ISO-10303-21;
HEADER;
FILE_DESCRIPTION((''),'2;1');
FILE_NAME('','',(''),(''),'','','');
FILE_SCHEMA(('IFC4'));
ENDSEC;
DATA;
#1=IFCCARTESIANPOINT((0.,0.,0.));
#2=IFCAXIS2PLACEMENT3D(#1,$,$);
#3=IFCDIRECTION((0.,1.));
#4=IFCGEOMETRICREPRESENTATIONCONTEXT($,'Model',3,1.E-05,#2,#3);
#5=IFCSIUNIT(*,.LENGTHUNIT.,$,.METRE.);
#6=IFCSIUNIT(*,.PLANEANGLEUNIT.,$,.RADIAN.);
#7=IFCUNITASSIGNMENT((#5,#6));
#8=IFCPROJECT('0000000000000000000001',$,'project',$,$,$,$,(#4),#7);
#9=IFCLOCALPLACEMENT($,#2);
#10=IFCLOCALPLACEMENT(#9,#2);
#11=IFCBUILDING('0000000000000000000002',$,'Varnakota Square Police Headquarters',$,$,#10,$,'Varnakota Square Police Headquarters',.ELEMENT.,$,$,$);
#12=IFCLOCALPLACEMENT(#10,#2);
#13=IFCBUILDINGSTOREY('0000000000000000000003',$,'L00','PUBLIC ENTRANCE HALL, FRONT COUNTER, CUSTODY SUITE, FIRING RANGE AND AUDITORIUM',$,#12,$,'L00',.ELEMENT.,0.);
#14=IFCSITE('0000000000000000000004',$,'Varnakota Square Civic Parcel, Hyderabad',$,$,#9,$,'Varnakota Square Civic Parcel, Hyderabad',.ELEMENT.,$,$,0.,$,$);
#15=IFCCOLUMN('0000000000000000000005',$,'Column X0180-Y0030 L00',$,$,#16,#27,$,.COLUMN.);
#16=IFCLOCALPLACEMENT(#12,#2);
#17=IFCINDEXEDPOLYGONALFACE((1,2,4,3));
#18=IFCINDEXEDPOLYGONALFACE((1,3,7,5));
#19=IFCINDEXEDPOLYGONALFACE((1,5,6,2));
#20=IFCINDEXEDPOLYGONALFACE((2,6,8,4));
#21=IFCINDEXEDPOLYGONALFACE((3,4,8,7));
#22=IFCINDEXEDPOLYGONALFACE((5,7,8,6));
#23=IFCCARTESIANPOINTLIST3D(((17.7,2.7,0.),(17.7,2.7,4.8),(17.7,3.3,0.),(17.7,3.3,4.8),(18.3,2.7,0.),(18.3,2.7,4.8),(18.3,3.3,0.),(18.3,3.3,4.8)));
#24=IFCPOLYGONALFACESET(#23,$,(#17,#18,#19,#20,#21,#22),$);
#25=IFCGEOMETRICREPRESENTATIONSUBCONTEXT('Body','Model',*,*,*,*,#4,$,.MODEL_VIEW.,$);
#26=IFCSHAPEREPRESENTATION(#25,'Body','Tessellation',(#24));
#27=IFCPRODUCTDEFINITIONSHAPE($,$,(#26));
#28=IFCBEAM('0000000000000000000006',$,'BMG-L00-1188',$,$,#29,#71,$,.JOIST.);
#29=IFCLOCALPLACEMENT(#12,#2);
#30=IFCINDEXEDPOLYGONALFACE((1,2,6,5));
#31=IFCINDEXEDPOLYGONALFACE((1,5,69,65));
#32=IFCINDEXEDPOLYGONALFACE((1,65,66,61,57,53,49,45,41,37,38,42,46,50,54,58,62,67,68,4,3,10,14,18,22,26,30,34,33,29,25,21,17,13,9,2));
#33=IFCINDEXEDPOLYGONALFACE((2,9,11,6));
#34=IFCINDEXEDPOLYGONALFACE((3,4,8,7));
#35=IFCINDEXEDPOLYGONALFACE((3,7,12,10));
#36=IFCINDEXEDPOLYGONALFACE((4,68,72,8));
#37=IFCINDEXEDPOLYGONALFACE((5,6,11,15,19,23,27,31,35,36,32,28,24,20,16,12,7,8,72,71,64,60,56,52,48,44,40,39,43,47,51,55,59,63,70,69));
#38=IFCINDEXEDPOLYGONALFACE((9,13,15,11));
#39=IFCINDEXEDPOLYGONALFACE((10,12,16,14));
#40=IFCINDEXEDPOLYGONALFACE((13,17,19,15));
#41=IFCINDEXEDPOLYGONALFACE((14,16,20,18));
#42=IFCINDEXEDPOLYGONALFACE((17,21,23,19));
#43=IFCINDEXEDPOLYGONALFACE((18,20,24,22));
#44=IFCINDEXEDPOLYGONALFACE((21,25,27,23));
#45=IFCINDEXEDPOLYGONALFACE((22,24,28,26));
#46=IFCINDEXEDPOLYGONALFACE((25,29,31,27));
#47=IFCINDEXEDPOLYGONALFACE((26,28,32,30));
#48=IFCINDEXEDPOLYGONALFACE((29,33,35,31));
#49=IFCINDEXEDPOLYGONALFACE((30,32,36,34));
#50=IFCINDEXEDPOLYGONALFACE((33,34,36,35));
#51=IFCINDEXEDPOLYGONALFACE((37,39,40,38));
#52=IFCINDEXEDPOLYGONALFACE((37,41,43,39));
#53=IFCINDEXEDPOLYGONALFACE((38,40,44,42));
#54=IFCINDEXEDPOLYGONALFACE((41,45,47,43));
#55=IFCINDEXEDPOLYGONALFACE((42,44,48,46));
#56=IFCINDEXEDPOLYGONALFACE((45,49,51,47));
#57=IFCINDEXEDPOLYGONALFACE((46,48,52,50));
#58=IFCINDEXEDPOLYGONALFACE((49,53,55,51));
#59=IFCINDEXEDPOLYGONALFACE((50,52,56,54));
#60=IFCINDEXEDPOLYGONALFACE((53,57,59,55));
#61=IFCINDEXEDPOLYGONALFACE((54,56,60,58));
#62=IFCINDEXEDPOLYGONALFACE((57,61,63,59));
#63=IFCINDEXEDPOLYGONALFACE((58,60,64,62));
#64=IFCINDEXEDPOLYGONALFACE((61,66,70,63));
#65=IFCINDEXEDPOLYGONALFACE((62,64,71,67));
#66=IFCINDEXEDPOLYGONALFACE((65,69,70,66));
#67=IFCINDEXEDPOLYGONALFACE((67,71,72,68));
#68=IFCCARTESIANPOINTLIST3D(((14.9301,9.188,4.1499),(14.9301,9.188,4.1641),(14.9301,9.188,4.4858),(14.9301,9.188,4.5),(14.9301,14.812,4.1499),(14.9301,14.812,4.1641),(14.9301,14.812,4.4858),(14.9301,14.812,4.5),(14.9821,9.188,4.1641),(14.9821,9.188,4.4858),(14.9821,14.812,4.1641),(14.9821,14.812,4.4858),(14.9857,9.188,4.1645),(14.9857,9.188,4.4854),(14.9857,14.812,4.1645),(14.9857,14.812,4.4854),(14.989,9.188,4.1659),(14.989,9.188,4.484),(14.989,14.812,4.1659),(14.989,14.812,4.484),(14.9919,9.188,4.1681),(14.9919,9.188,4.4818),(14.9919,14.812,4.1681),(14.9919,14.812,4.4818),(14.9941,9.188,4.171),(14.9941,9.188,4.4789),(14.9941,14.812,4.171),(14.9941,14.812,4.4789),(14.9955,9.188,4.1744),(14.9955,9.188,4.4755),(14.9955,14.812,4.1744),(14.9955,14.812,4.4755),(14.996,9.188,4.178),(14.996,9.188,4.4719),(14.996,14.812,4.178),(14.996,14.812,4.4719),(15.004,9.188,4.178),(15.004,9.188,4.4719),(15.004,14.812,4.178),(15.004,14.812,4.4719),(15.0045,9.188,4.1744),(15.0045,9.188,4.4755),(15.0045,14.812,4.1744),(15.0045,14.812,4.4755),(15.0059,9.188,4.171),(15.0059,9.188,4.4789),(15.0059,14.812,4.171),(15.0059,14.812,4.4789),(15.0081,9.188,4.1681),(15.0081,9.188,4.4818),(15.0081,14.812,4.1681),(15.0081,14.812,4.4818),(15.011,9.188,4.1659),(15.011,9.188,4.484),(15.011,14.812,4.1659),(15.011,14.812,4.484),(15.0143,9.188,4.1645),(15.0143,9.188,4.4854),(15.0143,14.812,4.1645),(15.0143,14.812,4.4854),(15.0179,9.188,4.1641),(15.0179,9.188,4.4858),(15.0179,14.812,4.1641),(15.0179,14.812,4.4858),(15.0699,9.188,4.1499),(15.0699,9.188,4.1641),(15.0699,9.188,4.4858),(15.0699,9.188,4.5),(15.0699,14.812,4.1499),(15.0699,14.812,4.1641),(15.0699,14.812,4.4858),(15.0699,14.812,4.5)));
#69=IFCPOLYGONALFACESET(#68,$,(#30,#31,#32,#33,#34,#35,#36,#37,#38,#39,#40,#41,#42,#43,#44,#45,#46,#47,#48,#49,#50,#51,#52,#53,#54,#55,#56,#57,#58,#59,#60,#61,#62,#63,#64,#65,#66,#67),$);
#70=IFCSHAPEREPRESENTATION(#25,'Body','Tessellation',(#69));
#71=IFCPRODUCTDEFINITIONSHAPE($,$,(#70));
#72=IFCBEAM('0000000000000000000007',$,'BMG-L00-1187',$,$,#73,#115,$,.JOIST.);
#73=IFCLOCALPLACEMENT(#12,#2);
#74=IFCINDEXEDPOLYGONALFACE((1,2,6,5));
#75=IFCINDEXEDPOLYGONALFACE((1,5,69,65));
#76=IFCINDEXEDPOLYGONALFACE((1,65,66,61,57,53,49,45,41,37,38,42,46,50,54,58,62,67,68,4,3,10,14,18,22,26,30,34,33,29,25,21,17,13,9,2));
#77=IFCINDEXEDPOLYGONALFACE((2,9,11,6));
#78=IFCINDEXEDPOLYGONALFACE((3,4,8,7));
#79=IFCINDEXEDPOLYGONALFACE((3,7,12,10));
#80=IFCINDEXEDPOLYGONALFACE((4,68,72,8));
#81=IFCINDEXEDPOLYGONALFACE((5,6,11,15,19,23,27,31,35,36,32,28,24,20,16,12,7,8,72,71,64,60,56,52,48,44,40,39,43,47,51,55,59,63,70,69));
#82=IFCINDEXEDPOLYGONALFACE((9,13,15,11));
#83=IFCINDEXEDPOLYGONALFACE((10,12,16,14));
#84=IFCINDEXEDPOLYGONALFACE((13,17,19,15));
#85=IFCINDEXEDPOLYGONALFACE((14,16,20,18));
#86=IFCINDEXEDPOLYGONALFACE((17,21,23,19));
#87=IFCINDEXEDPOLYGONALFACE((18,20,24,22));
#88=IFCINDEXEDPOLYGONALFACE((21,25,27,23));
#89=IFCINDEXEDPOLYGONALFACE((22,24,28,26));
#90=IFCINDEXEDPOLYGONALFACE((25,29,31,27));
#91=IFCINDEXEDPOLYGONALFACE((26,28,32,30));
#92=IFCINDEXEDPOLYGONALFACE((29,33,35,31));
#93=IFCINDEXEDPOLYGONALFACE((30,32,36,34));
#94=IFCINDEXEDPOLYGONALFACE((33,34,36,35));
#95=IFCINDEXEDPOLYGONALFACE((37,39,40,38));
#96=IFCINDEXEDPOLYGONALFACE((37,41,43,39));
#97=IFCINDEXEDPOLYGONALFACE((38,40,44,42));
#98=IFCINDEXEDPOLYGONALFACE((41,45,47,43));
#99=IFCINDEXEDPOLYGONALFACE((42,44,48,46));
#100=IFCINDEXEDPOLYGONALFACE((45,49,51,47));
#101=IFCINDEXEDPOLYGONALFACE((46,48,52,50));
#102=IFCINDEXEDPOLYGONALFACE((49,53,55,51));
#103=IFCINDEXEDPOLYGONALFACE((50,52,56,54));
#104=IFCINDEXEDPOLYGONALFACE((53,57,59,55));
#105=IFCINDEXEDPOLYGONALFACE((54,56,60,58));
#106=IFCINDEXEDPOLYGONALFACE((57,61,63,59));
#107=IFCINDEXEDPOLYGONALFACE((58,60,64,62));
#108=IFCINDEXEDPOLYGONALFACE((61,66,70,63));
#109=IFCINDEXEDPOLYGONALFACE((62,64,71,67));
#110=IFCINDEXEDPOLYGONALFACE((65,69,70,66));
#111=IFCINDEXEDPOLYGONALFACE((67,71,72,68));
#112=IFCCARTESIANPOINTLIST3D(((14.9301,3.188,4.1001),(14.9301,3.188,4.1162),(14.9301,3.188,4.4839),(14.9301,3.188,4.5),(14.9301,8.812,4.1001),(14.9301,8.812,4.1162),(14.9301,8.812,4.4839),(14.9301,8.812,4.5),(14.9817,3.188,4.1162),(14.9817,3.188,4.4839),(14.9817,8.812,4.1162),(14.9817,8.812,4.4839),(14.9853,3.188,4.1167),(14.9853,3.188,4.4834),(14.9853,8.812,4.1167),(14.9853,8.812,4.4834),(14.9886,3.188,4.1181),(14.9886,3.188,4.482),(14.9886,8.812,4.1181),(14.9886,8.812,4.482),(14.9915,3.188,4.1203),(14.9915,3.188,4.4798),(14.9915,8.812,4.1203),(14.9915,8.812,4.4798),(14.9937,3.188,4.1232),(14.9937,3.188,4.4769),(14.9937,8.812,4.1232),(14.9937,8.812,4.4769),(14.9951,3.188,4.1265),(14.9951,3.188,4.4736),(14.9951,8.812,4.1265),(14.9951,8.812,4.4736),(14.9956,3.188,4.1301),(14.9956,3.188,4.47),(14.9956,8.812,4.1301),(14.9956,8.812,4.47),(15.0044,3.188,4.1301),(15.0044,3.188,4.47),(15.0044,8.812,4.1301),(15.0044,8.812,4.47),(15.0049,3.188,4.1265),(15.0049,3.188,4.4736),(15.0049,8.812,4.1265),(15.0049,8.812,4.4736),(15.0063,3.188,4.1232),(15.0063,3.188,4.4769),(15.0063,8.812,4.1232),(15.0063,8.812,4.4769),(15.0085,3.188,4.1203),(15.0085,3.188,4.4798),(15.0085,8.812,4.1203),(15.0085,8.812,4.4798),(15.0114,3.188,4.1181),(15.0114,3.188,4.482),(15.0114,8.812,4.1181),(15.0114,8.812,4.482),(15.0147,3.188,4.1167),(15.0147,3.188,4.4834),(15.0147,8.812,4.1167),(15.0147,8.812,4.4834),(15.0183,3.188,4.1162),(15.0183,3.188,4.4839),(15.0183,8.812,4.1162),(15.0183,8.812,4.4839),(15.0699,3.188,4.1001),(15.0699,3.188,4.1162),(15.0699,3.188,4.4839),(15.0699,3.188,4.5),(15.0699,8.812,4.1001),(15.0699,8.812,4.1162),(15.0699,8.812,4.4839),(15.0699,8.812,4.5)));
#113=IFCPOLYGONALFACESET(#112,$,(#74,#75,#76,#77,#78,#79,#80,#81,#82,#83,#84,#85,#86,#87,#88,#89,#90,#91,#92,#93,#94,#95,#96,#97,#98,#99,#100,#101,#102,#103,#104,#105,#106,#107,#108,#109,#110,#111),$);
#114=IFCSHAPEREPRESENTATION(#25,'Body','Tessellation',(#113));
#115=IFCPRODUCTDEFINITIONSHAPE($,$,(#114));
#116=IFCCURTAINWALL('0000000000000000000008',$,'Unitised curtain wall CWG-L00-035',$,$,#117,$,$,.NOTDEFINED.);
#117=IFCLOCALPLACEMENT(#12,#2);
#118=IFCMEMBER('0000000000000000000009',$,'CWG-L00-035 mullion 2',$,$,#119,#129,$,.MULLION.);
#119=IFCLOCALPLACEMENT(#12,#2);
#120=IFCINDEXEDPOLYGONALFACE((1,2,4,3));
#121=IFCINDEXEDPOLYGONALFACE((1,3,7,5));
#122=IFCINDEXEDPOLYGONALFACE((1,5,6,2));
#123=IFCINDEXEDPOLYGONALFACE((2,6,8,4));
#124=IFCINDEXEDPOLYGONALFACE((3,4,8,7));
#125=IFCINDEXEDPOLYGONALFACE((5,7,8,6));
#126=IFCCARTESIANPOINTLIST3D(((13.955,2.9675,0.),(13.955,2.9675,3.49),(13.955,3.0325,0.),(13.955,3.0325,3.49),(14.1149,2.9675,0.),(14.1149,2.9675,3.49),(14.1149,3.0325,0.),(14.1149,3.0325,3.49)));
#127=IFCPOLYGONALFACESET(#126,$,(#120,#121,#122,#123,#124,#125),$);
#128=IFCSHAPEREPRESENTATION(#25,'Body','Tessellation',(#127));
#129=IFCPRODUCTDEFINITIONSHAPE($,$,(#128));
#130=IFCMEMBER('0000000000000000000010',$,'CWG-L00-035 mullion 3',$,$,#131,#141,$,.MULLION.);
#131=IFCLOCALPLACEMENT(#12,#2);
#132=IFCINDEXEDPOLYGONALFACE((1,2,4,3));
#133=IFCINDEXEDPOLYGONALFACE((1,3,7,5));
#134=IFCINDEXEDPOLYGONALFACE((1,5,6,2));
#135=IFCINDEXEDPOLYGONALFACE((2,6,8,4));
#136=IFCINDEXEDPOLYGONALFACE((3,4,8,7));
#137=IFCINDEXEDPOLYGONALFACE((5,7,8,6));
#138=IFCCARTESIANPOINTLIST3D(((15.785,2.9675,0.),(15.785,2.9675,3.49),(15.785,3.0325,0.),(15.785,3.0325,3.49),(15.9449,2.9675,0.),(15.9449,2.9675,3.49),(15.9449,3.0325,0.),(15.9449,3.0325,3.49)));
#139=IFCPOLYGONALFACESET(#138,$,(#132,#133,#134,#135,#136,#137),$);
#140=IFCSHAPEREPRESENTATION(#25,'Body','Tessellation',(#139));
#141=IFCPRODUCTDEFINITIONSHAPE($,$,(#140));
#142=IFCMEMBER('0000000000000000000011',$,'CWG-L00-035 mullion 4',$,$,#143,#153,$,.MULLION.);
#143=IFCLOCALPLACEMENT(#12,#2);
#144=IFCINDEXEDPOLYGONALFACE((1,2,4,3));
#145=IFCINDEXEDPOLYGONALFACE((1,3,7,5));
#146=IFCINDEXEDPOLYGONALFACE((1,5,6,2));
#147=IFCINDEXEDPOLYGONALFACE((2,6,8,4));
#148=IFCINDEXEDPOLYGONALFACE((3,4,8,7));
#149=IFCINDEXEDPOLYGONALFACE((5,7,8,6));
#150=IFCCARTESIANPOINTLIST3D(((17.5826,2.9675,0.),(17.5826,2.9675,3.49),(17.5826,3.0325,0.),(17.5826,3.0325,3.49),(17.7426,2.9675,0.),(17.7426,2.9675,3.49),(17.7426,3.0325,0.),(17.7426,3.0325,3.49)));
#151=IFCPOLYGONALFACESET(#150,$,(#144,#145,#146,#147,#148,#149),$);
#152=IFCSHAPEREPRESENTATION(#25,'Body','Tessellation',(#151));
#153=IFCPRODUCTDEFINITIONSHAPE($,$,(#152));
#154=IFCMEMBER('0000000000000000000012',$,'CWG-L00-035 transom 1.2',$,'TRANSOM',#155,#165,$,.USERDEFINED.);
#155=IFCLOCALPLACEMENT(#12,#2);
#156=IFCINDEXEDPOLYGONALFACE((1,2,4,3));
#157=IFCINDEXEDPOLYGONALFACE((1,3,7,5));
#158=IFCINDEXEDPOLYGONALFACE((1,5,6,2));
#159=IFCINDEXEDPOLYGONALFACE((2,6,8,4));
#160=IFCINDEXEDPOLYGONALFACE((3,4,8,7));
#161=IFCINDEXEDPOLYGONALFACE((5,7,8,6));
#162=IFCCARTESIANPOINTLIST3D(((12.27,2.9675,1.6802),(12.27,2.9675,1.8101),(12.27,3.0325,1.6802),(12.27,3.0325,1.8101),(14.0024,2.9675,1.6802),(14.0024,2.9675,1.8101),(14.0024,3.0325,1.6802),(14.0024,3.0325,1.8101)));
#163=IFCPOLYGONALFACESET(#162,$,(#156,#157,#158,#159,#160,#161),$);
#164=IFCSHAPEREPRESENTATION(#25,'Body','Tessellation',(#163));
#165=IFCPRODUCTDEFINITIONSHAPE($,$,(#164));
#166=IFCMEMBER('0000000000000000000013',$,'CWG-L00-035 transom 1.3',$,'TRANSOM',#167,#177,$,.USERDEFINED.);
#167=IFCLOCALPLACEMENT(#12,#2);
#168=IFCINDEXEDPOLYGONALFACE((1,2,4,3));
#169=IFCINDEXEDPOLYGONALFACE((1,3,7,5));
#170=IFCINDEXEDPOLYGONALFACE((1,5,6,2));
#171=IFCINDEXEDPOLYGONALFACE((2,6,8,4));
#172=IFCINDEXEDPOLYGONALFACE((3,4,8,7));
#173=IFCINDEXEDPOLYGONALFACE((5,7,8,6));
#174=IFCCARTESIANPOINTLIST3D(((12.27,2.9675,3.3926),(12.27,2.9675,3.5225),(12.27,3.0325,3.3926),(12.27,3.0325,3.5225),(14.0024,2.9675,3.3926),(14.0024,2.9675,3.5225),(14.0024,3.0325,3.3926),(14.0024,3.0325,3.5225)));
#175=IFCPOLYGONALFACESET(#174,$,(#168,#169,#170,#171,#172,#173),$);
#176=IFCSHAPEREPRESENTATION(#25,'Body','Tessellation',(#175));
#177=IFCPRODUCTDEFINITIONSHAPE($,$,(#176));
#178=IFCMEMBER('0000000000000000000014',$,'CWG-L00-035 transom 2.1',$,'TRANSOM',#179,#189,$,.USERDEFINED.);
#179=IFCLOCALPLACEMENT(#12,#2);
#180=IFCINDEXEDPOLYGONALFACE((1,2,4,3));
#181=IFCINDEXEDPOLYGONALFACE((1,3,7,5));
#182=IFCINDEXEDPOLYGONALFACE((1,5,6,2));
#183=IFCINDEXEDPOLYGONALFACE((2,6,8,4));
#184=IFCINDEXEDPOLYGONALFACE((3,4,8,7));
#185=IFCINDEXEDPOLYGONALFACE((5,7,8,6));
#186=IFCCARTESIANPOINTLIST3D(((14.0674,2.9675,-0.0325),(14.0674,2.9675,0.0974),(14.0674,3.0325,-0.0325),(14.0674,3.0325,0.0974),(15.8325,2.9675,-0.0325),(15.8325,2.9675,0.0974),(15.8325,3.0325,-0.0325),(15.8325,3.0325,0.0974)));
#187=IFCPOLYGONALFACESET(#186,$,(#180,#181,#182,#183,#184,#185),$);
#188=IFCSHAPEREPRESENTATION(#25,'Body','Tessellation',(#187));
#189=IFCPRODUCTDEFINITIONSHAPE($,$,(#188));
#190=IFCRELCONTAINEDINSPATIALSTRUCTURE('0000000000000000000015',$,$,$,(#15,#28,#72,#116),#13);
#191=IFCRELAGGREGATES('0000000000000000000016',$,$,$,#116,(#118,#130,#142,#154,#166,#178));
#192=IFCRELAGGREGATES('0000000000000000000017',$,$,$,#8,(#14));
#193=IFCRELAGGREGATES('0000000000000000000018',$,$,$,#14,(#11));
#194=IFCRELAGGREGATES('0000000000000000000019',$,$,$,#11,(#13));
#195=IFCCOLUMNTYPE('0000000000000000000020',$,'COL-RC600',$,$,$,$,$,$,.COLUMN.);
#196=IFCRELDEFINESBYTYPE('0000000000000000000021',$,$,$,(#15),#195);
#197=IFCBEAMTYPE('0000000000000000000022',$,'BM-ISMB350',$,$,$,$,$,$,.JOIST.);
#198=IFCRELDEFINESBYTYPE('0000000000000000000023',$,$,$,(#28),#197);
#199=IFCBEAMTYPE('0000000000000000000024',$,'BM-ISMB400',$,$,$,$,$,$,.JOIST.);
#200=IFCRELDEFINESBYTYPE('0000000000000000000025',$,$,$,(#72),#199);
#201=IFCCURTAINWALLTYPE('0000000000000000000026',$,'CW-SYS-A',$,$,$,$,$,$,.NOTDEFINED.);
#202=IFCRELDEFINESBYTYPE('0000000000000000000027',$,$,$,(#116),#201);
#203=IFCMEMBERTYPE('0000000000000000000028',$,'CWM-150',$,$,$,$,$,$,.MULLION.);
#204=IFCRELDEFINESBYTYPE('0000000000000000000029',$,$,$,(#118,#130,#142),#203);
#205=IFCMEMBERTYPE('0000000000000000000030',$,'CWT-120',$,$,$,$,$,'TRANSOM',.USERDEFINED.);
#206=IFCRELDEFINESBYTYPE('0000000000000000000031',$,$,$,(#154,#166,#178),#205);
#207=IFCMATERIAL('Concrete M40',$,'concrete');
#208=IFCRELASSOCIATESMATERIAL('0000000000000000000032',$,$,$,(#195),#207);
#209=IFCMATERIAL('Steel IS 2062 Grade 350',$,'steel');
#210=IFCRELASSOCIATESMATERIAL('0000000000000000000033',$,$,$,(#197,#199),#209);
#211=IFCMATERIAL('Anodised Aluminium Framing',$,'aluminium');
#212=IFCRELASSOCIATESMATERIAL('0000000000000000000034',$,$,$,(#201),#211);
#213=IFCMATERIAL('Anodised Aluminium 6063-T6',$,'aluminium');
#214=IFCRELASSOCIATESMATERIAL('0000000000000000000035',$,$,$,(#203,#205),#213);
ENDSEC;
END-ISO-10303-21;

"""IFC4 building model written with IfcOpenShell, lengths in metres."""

from ifc_helpers import new_model, si_unit, direction, frame, origin, origin_2d, place, context, subcontext, project, spatial, rectangle, i_section, extrude, material, material_profile, profile_set, type_object, element, aggregate, save


model = new_model("IFC4")

# Units and contexts
model_context = context("Model", 3, precision=1e-05, world=origin(), true_north=direction((0.0, 1.0)))
body_context = subcontext(model_context, "Body", "Model", "MODEL_VIEW")
ifc_project = project(units=[si_unit("LENGTHUNIT", "METRE"), si_unit("PLANEANGLEUNIT", "RADIAN")], contexts=[model_context])

# Site, building, storey
site_placement = place(None, origin())
site = spatial("IfcSite", under=ifc_project, at=site_placement, Name="Varnakota Square Civic Parcel, Hyderabad", LongName="Varnakota Square Civic Parcel, Hyderabad", CompositionType="ELEMENT", RefElevation=0.0)
building_placement = place(site_placement, origin())
building = spatial("IfcBuilding", under=site, at=building_placement, Name="Varnakota Square Police Headquarters", LongName="Varnakota Square Police Headquarters", CompositionType="ELEMENT")
storey_placement = place(building_placement, origin())
storey = spatial("IfcBuildingStorey", under=building, at=storey_placement, Name="L00", Description="PUBLIC ENTRANCE HALL, FRONT COUNTER, CUSTODY SUITE, FIRING RANGE AND AUDITORIUM", LongName="L00", CompositionType="ELEMENT", Elevation=0.0)

# Column
ifc_material_1 = material(Name="Concrete M40", Category="concrete")
ifc_material_profile_1 = material_profile(ifc_material_1, rectangle(XDim=0.6001, YDim=0.6001, at=origin_2d()), Name="RC 600x600")
ifc_profile_set_1 = profile_set([ifc_material_profile_1], Name="Concrete M40")
column_type = type_object("IfcColumnType", Name="COL-RC600", PredefinedType="COLUMN", material=ifc_profile_set_1)
column_placement = place(storey_placement, frame((18.0, 3.0, 0.0), z_axis=(0.0, 0.0, 1.0), x_axis=(1.0, 0.0, 0.0)))
element("IfcColumn", 1, at=column_placement, inside=storey, type_object=column_type, Name="Column X0180-Y0030 L00", PredefinedType="COLUMN", context=body_context, shape_type="SweptSolid", body=[
    extrude(rectangle(XDim=0.6001, YDim=0.6001, at=origin_2d()), origin(), (0.0, 0.0, 1.0), 4.8),
])

# Beams
ifc_material_2 = material(Name="Steel IS 2062 Grade 350", Category="steel")
ifc_material_profile_2 = material_profile(ifc_material_2, i_section(OverallWidth=0.1399, OverallDepth=0.3501, WebThickness=0.0081, FlangeThickness=0.0142, FilletRadius=0.0139, at=origin_2d()), Name="ISMB 350")
ifc_profile_set_2 = profile_set([ifc_material_profile_2], Name="Steel IS 2062 Grade 350")
beam_type_1 = type_object("IfcBeamType", Name="BM-ISMB350", PredefinedType="JOIST", material=ifc_profile_set_2)
beam_1_placement = place(storey_placement, frame((15.0, 9.188, 4.325), z_axis=(0.0, 1.0, 0.0), x_axis=(-1.0, 0.0, 0.0)))
element("IfcBeam", 2, at=beam_1_placement, inside=storey, type_object=beam_type_1, Name="BMG-L00-1188", PredefinedType="JOIST", context=body_context, shape_type="SweptSolid", body=[
    extrude(i_section(OverallWidth=0.1399, OverallDepth=0.3501, WebThickness=0.0081, FlangeThickness=0.0142, FilletRadius=0.0139, at=origin_2d()), origin(), (0.0, 0.0, 1.0), 5.624),
])
ifc_material_profile_3 = material_profile(ifc_material_2, i_section(OverallWidth=0.1399, OverallDepth=0.3999, WebThickness=0.0088, FlangeThickness=0.0161, FilletRadius=0.0139, at=origin_2d()), Name="ISMB 400")
ifc_profile_set_3 = profile_set([ifc_material_profile_3], Name="Steel IS 2062 Grade 350")
beam_type_2 = type_object("IfcBeamType", Name="BM-ISMB400", PredefinedType="JOIST", material=ifc_profile_set_3)
beam_2_placement = place(storey_placement, frame((15.0, 3.188, 4.3), z_axis=(0.0, 1.0, 0.0), x_axis=(-1.0, 0.0, 0.0)))
element("IfcBeam", 3, at=beam_2_placement, inside=storey, type_object=beam_type_2, Name="BMG-L00-1187", PredefinedType="JOIST", context=body_context, shape_type="SweptSolid", body=[
    extrude(i_section(OverallWidth=0.1399, OverallDepth=0.3999, WebThickness=0.0088, FlangeThickness=0.0161, FilletRadius=0.0139, at=origin_2d()), origin(), (0.0, 0.0, 1.0), 5.624),
])

# Curtain wall, members
ifc_material_3 = material(Name="Anodised Aluminium Framing", Category="aluminium")
curtain_wall_type = type_object("IfcCurtainWallType", Name="CW-SYS-A", PredefinedType="NOTDEFINED", material=ifc_material_3)
curtain_wall_placement = place(storey_placement, origin())
curtain_wall = element("IfcCurtainWall", 4, at=curtain_wall_placement, inside=storey, type_object=curtain_wall_type, Name="Unitised curtain wall CWG-L00-035", PredefinedType="NOTDEFINED")
ifc_material_4 = material(Name="Anodised Aluminium 6063-T6", Category="aluminium")
ifc_material_profile_4 = material_profile(ifc_material_4, rectangle(XDim=0.0649, YDim=0.1599, at=origin_2d()), Name="ALU MULLION 65x160")
ifc_profile_set_4 = profile_set([ifc_material_profile_4], Name="Anodised Aluminium 6063-T6")
member_type_1 = type_object("IfcMemberType", Name="CWM-150", PredefinedType="MULLION", material=ifc_profile_set_4)
member_1_placement = place(storey_placement, frame((14.0349, 3.0, 0.0), z_axis=(0.0, 0.0, 1.0), x_axis=(0.0, 1.0, 0.0)))
member_1 = element("IfcMember", 5, at=member_1_placement, type_object=member_type_1, Name="CWG-L00-035 mullion 2", PredefinedType="MULLION", context=body_context, shape_type="SweptSolid", body=[
    extrude(rectangle(XDim=0.0649, YDim=0.1599, at=origin_2d()), origin(), (0.0, 0.0, 1.0), 3.49),
])
member_2_placement = place(storey_placement, frame((15.865, 3.0, 0.0), z_axis=(0.0, 0.0, 1.0), x_axis=(0.0, 1.0, 0.0)))
member_2 = element("IfcMember", 6, at=member_2_placement, type_object=member_type_1, Name="CWG-L00-035 mullion 3", PredefinedType="MULLION", context=body_context, shape_type="SweptSolid", body=[
    extrude(rectangle(XDim=0.0649, YDim=0.1599, at=origin_2d()), origin(), (0.0, 0.0, 1.0), 3.49),
])
member_3_placement = place(storey_placement, frame((17.6626, 3.0, 0.0), z_axis=(0.0, 0.0, 1.0), x_axis=(0.0, 1.0, 0.0)))
member_3 = element("IfcMember", 7, at=member_3_placement, type_object=member_type_1, Name="CWG-L00-035 mullion 4", PredefinedType="MULLION", context=body_context, shape_type="SweptSolid", body=[
    extrude(rectangle(XDim=0.0649, YDim=0.1599, at=origin_2d()), origin(), (0.0, 0.0, 1.0), 3.49),
])
ifc_material_profile_5 = material_profile(ifc_material_4, rectangle(XDim=0.0649, YDim=0.1299, at=origin_2d()), Name="ALU TRANSOM 65x130")
ifc_profile_set_5 = profile_set([ifc_material_profile_5], Name="Anodised Aluminium 6063-T6")
member_type_2 = type_object("IfcMemberType", Name="CWT-120", ElementType="TRANSOM", PredefinedType="USERDEFINED", material=ifc_profile_set_5)
member_4_placement = place(storey_placement, frame((12.27, 3.0, 1.7451), z_axis=(1.0, 0.0, 0.0), x_axis=(0.0, 1.0, 0.0)))
member_4 = element("IfcMember", 8, at=member_4_placement, type_object=member_type_2, Name="CWG-L00-035 transom 1.2", ObjectType="TRANSOM", PredefinedType="USERDEFINED", context=body_context, shape_type="SweptSolid", body=[
    extrude(rectangle(XDim=0.0649, YDim=0.1299, at=origin_2d()), origin(), (0.0, 0.0, 1.0), 1.7324),
])
member_5_placement = place(storey_placement, frame((12.27, 3.0, 3.4575), z_axis=(1.0, 0.0, 0.0), x_axis=(0.0, 1.0, 0.0)))
member_5 = element("IfcMember", 9, at=member_5_placement, type_object=member_type_2, Name="CWG-L00-035 transom 1.3", ObjectType="TRANSOM", PredefinedType="USERDEFINED", context=body_context, shape_type="SweptSolid", body=[
    extrude(rectangle(XDim=0.0649, YDim=0.1299, at=origin_2d()), origin(), (0.0, 0.0, 1.0), 1.7324),
])
member_6_placement = place(storey_placement, frame((14.0674, 3.0, 0.0325), z_axis=(1.0, 0.0, 0.0), x_axis=(0.0, 1.0, 0.0)))
member_6 = element("IfcMember", 10, at=member_6_placement, type_object=member_type_2, Name="CWG-L00-035 transom 2.1", ObjectType="TRANSOM", PredefinedType="USERDEFINED", context=body_context, shape_type="SweptSolid", body=[
    extrude(rectangle(XDim=0.0649, YDim=0.1299, at=origin_2d()), origin(), (0.0, 0.0, 1.0), 1.7651),
])
aggregate(curtain_wall, [member_1, member_2, member_3, member_4, member_5, member_6])

save(model, "model.ifc")
